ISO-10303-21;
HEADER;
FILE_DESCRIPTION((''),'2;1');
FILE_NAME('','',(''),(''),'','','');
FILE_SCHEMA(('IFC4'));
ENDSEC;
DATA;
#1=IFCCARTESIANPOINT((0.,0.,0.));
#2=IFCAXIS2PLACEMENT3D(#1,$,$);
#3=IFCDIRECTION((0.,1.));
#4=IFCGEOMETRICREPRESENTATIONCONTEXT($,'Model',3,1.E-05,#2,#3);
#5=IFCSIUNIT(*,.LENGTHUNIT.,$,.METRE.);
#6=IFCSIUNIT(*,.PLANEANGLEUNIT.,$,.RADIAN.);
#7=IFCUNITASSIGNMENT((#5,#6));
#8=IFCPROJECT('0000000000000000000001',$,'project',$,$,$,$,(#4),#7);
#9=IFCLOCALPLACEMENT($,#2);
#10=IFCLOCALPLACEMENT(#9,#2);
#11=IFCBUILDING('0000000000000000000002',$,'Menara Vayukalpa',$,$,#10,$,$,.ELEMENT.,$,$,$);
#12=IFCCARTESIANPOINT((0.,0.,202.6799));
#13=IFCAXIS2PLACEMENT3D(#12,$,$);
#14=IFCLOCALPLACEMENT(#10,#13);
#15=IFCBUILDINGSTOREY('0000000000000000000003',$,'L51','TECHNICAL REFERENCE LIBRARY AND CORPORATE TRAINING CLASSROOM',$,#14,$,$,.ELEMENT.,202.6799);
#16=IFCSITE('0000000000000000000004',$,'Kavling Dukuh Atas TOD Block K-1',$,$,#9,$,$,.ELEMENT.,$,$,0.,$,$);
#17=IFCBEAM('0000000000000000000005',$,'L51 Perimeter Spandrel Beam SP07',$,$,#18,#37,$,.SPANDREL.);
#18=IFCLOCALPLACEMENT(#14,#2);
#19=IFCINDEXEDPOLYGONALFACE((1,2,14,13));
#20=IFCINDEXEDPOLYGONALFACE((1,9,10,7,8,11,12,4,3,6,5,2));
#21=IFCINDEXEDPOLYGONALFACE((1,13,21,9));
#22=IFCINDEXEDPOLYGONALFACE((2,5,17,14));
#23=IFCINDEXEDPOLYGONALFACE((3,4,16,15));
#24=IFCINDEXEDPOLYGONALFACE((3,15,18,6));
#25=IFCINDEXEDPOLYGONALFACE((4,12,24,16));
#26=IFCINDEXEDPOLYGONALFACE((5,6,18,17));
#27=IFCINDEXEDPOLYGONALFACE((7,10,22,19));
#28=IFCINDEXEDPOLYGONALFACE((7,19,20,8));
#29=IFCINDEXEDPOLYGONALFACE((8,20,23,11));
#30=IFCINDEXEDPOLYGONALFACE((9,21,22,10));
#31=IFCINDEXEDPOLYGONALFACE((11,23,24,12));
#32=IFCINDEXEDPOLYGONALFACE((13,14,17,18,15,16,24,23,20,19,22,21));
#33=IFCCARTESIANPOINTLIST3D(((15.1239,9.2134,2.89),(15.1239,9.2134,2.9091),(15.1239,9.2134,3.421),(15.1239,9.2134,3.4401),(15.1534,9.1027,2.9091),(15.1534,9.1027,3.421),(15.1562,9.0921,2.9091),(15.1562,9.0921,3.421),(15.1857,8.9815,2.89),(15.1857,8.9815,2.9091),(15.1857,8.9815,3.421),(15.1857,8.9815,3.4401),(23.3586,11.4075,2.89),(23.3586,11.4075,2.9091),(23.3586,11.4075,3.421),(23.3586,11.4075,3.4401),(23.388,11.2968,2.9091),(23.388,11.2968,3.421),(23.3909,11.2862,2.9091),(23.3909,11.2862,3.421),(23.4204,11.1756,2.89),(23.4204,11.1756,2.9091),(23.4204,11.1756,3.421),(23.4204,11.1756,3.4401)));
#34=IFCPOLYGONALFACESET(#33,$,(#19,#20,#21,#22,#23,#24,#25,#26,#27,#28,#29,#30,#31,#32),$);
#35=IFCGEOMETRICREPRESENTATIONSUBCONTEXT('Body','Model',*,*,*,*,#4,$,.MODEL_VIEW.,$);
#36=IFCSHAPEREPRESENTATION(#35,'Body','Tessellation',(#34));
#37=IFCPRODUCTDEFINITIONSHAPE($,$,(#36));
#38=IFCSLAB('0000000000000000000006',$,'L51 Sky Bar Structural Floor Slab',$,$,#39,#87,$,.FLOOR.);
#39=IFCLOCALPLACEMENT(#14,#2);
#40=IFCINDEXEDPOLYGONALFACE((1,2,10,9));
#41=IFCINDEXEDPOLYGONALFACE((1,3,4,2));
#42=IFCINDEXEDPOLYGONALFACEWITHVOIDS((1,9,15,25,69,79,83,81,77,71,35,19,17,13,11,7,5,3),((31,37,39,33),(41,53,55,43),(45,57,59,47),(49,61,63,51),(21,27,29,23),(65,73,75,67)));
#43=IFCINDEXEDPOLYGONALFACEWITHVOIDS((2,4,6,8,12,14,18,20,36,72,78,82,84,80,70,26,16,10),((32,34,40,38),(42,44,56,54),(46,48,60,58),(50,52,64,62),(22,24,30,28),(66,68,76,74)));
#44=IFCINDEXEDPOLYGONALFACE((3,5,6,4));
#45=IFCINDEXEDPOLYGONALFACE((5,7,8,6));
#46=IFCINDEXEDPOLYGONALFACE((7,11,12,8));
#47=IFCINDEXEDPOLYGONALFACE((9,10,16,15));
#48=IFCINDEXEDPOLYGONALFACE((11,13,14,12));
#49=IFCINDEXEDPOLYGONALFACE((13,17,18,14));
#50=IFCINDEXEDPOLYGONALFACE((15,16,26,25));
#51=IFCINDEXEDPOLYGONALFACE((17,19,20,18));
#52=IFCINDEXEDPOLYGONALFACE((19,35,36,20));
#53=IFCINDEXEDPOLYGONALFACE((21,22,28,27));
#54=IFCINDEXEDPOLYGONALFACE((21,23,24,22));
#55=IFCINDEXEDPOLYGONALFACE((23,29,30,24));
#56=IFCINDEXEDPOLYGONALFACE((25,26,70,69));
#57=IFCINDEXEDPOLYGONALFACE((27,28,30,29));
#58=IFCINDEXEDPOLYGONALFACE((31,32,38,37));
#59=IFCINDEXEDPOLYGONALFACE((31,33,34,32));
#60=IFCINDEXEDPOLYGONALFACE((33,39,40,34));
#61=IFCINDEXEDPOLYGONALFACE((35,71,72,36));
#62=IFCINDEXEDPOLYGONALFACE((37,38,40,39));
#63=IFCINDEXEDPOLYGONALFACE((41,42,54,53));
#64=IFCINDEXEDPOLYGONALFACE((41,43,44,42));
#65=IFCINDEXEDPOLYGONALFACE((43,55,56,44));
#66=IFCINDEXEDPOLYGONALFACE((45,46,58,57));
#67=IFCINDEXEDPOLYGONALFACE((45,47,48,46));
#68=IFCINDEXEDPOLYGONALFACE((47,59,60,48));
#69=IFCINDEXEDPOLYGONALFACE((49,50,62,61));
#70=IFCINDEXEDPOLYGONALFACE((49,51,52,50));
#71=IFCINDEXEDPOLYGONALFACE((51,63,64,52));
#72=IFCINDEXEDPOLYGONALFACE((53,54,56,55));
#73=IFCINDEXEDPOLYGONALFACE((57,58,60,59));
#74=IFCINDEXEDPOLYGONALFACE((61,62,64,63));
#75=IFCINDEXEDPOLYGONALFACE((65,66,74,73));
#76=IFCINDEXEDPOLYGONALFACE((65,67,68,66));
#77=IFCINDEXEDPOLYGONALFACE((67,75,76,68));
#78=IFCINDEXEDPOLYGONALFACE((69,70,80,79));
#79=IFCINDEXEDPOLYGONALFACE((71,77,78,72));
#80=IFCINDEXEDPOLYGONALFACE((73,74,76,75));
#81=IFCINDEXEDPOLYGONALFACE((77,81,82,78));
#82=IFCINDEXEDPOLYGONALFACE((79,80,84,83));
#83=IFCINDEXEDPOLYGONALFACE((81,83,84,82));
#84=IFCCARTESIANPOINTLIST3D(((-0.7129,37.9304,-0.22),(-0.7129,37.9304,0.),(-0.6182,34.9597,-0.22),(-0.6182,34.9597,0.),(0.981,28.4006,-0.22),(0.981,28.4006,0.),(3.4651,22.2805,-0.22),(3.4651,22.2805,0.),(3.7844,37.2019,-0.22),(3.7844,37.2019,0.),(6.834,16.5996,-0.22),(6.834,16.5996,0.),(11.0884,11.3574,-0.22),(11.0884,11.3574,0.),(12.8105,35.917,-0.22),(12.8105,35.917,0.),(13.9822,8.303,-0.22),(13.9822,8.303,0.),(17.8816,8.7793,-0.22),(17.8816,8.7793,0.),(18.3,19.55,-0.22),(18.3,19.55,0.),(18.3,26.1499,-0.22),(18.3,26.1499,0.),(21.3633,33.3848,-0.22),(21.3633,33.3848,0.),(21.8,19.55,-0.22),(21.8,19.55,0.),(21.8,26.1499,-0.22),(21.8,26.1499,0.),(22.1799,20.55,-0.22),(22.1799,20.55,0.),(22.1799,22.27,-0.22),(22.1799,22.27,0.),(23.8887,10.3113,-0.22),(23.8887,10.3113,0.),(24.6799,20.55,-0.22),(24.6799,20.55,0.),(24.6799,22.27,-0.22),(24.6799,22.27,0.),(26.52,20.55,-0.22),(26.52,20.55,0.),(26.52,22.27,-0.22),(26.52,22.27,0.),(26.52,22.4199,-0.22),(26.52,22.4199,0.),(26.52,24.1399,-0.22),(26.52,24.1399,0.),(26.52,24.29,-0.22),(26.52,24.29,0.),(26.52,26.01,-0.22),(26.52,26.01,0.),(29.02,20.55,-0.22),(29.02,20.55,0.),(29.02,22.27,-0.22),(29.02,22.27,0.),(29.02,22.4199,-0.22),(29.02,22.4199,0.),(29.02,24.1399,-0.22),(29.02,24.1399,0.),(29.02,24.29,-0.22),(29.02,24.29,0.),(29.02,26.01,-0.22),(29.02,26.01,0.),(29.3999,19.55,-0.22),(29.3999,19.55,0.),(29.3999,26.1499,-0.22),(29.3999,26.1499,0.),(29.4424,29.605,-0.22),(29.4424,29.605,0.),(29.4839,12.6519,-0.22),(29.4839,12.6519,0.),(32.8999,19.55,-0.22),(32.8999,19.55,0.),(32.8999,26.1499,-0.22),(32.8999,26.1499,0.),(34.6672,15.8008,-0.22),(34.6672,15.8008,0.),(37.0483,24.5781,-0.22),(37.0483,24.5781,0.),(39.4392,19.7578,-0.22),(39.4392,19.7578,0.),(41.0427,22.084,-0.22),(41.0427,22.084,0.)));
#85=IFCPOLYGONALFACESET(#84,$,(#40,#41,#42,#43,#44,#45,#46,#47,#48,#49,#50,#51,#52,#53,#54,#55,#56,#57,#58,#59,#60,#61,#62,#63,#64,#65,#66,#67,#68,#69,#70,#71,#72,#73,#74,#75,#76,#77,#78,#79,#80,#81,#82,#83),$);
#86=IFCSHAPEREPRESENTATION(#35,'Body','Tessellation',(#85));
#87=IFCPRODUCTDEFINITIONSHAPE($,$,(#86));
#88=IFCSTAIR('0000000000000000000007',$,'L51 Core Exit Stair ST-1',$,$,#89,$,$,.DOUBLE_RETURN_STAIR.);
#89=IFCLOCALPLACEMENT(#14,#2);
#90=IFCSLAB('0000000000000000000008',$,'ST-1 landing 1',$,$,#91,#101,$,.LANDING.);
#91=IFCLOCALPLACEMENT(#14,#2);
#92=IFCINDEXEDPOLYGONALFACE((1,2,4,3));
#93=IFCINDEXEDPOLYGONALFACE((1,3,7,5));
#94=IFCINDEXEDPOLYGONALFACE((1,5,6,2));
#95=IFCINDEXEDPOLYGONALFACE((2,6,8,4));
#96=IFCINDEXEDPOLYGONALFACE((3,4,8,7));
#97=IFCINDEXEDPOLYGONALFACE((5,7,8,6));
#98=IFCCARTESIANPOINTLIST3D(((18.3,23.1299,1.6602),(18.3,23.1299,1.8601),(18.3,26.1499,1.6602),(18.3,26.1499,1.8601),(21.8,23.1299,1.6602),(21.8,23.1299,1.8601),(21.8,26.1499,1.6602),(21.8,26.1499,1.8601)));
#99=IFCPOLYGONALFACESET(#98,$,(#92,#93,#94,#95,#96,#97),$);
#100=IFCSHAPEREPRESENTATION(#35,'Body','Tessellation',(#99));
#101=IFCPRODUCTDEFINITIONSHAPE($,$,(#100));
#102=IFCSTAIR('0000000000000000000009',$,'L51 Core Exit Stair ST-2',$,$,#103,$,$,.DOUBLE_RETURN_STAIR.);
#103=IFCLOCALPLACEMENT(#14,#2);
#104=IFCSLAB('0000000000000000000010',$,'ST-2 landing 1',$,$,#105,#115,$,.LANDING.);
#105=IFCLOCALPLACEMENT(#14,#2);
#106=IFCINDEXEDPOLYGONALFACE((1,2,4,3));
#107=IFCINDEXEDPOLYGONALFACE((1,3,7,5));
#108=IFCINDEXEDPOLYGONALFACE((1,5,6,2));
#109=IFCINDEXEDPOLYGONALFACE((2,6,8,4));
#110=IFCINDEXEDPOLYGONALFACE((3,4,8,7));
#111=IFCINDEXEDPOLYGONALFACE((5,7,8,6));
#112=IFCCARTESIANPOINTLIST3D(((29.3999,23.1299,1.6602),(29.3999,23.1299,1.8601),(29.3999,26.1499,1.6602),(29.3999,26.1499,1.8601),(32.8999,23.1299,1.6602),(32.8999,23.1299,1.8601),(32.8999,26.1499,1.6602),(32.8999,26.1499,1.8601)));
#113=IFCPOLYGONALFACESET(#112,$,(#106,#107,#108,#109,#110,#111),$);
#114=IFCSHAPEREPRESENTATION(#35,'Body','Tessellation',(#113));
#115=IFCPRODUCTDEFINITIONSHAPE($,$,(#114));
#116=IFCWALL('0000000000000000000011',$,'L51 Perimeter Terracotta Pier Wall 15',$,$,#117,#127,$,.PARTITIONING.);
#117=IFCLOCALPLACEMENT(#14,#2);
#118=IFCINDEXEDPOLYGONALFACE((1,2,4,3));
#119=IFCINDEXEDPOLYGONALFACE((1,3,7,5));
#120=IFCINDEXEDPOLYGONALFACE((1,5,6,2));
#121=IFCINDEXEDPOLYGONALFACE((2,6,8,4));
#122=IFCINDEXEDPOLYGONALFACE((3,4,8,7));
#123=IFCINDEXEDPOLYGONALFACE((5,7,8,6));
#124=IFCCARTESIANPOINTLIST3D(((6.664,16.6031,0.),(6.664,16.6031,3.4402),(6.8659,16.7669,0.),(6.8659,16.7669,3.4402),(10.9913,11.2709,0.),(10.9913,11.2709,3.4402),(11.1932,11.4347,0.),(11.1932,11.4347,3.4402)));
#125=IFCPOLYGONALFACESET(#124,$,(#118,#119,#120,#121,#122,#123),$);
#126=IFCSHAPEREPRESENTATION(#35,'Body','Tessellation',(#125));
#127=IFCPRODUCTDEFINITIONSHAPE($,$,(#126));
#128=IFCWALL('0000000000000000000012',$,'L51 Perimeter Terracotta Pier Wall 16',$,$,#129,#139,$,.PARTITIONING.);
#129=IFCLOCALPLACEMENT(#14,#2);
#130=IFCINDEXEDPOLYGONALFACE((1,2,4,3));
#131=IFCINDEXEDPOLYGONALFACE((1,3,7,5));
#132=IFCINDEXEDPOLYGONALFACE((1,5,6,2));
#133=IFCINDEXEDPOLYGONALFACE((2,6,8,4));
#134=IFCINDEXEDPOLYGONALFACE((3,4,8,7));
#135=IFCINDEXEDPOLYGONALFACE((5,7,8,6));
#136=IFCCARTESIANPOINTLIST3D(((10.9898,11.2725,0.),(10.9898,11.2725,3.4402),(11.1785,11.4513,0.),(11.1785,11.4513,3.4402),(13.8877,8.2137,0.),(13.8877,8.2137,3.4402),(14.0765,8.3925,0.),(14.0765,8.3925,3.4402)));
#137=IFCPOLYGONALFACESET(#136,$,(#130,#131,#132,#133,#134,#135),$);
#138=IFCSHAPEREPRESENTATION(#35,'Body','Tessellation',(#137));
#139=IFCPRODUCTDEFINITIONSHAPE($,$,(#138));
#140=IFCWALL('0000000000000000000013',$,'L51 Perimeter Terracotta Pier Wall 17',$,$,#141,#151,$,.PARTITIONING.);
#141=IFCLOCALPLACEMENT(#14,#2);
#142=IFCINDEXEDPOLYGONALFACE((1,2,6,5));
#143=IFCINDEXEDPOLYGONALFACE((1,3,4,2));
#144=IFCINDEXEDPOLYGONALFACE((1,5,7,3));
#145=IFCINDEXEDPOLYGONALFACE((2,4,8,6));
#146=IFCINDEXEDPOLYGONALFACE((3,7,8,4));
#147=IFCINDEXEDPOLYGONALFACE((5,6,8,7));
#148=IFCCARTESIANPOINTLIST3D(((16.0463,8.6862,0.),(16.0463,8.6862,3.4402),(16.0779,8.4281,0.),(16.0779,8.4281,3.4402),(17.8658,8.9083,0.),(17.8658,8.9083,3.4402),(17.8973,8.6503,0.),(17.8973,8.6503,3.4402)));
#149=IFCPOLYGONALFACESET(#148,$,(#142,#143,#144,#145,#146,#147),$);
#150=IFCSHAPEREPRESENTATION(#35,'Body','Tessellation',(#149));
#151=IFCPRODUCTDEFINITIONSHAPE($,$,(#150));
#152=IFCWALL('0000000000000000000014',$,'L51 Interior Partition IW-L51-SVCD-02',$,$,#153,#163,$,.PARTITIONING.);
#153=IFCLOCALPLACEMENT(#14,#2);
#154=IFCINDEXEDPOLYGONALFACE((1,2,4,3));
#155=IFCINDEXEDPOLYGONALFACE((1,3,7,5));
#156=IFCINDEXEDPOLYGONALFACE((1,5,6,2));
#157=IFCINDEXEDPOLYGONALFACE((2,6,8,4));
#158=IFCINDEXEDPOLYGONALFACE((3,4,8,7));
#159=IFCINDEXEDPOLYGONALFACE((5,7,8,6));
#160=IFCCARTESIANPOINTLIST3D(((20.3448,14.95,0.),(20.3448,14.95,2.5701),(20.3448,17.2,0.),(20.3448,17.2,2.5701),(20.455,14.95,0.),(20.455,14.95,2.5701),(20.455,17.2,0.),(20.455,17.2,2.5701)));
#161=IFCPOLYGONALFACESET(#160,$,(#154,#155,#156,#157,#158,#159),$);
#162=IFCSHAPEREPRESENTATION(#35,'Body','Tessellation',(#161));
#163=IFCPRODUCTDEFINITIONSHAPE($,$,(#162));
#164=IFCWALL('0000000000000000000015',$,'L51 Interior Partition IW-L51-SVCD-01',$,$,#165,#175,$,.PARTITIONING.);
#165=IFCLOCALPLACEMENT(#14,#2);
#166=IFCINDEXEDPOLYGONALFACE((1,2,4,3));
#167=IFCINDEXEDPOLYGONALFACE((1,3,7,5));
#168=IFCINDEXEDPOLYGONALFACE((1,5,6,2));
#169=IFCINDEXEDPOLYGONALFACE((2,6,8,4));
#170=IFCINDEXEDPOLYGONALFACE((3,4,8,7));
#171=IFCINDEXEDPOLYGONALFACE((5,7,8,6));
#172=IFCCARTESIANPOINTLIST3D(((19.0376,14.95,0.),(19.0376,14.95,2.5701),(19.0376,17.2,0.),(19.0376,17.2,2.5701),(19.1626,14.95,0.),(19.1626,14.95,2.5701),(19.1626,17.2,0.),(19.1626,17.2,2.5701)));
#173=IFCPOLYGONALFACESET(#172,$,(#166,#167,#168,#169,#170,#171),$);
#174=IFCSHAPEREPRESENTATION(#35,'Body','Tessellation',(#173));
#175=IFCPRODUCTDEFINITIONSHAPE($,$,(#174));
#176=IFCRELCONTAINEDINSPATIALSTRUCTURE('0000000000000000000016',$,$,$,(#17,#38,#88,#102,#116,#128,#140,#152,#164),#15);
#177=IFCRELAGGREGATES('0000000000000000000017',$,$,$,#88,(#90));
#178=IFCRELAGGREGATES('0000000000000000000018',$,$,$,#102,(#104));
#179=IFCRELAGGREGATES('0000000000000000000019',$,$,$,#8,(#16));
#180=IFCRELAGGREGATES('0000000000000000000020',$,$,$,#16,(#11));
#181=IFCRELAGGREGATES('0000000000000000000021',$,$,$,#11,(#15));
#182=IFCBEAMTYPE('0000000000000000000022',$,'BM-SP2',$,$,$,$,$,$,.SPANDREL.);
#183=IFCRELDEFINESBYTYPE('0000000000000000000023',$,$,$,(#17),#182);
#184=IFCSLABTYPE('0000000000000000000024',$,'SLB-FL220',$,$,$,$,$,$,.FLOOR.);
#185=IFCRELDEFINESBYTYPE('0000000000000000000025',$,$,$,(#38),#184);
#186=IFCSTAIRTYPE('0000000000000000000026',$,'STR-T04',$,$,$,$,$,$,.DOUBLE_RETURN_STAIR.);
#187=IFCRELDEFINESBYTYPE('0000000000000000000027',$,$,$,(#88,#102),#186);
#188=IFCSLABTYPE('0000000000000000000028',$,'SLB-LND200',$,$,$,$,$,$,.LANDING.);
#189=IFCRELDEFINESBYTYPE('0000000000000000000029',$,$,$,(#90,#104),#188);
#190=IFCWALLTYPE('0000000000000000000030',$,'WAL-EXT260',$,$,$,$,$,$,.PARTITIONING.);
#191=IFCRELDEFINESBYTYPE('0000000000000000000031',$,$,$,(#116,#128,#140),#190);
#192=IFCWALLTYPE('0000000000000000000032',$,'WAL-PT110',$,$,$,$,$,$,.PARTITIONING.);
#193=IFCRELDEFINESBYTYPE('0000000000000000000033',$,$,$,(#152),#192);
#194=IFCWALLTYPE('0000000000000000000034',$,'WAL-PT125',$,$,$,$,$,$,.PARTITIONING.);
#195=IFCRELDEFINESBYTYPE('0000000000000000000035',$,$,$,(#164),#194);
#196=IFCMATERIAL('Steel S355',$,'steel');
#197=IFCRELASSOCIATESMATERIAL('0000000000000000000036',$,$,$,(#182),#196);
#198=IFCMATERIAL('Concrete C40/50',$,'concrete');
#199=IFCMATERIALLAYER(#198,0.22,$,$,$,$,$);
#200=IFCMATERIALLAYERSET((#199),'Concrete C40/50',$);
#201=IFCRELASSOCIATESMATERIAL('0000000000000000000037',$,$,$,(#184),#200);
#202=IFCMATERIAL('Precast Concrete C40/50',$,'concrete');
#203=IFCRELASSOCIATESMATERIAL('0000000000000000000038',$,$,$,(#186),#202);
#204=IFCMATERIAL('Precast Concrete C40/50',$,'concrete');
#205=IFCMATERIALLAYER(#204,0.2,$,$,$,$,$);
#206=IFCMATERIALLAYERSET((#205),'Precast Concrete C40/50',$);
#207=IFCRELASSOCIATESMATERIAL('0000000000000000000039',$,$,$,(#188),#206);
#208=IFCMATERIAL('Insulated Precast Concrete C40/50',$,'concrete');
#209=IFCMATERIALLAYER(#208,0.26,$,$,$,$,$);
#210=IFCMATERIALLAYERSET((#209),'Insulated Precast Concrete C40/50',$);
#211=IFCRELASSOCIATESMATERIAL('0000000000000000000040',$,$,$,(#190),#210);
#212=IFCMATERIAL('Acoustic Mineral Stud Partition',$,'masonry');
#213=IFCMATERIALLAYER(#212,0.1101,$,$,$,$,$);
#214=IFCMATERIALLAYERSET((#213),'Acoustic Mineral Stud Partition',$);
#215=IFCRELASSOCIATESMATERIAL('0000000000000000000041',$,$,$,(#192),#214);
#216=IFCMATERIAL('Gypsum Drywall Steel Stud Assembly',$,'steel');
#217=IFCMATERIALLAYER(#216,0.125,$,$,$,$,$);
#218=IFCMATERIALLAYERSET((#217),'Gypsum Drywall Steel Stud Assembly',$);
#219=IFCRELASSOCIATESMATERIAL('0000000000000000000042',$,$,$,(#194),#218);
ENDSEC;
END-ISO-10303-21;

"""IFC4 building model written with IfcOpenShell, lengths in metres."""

from ifc_helpers import new_model, si_unit, direction, frame, frame_2d, origin, origin_2d, place, context, subcontext, project, spatial, polyline, rectangle, i_section, outline, extrude, material, layer, layer_set, material_profile, profile_set, type_object, element, aggregate, save


model = new_model("IFC4")

# Units and contexts
model_context = context("Model", 3, precision=1e-05, world=origin(), true_north=direction((0.0, 1.0)))
body_context = subcontext(model_context, "Body", "Model", "MODEL_VIEW")
ifc_project = project(units=[si_unit("LENGTHUNIT", "METRE"), si_unit("PLANEANGLEUNIT", "RADIAN")], contexts=[model_context])

# Site, building, storey
site_placement = place(None, origin())
site = spatial("IfcSite", under=ifc_project, at=site_placement, Name="Kavling Dukuh Atas TOD Block K-1", CompositionType="ELEMENT", RefElevation=0.0)
building_placement = place(site_placement, origin())
building = spatial("IfcBuilding", under=site, at=building_placement, Name="Menara Vayukalpa", CompositionType="ELEMENT")
storey_placement = place(building_placement, frame((0.0, 0.0, 202.6799)))
storey = spatial("IfcBuildingStorey", under=building, at=storey_placement, Name="L51", Description="TECHNICAL REFERENCE LIBRARY AND CORPORATE TRAINING CLASSROOM", CompositionType="ELEMENT", Elevation=202.6799)

# Beam
ifc_material_1 = material(Name="Steel S355", Category="steel")
ifc_material_profile_1 = material_profile(ifc_material_1, i_section(OverallWidth=0.24, OverallDepth=0.55, WebThickness=0.011, FlangeThickness=0.019, at=origin_2d()), Name="WF 550x240x11x19")
ifc_profile_set_1 = profile_set([ifc_material_profile_1], Name="Steel S355")
beam_type_1 = type_object("IfcBeamType", Name="BM-SP2", PredefinedType="SPANDREL", material=ifc_profile_set_1)
beam_1_placement = place(storey_placement, frame((15.1548, 9.0974, 3.165), z_axis=(0.966288, 0.257465, 0.0), x_axis=(-0.257465, 0.966288, 0.0)))
element("IfcBeam", 1, at=beam_1_placement, inside=storey, type_object=beam_type_1, Name="L51 Perimeter Spandrel Beam SP07", PredefinedType="SPANDREL", context=body_context, shape_type="SweptSolid", body=[
    extrude(i_section(OverallWidth=0.24, OverallDepth=0.55, WebThickness=0.011, FlangeThickness=0.019, at=origin_2d()), origin(), (0.0, 0.0, 1.0), 8.522),
])

# Slab
ifc_material_2 = material(Name="Concrete C40/50", Category="concrete")
ifc_layer_1 = layer(ifc_material_2, 0.22)
ifc_layer_set_1 = layer_set([ifc_layer_1], Name="Concrete C40/50")
slab_type_1 = type_object("IfcSlabType", Name="SLB-FL220", PredefinedType="FLOOR", material=ifc_layer_set_1)
slab_1_placement = place(storey_placement, frame((0.0, 0.0, -0.22)))
element("IfcSlab", 2, at=slab_1_placement, inside=storey, type_object=slab_type_1, Name="L51 Sky Bar Structural Floor Slab", PredefinedType="FLOOR", context=body_context, shape_type="SweptSolid", body=[
    extrude(outline(polyline([(39.4392, 19.7578), (41.0427, 22.084), (37.0483, 24.5781), (29.4424, 29.605), (21.3633, 33.3848), (12.8105, 35.917), (3.7844, 37.2019), (-0.7129, 37.9304), (-0.6182, 34.9597), (0.981, 28.4006), (3.4651, 22.2805), (6.834, 16.5996), (11.0884, 11.3574), (13.9822, 8.303), (17.8816, 8.7793), (23.8887, 10.3113), (29.4839, 12.6519), (34.6672, 15.8008), (39.4392, 19.7578)]), holes=[polyline([(21.8, 19.55), (21.8, 26.1499), (18.3, 26.1499), (18.3, 19.55), (21.8, 19.55)]), polyline([(32.8999, 19.55), (32.8999, 26.1499), (29.3999, 26.1499), (29.3999, 19.55), (32.8999, 19.55)]), polyline([(22.1799, 20.55), (24.6799, 20.55), (24.6799, 22.27), (22.1799, 22.27), (22.1799, 20.55)]), polyline([(26.52, 20.55), (29.02, 20.55), (29.02, 22.27), (26.52, 22.27), (26.52, 20.55)]), polyline([(26.52, 24.29), (29.02, 24.29), (29.02, 26.01), (26.52, 26.01), (26.52, 24.29)]), polyline([(26.52, 22.4199), (29.02, 22.4199), (29.02, 24.1399), (26.52, 24.1399), (26.52, 22.4199)])]), origin(), (0.0, 0.0, 1.0), 0.22),
])

# Stairs, slabs
ifc_material_3 = material(Name="Precast Concrete C40/50", Category="concrete")
stair_type = type_object("IfcStairType", Name="STR-T04", PredefinedType="DOUBLE_RETURN_STAIR", material=ifc_material_3)
stair_1_placement = place(storey_placement, origin())
stair_1 = element("IfcStair", 3, at=stair_1_placement, inside=storey, type_object=stair_type, Name="L51 Core Exit Stair ST-1", PredefinedType="DOUBLE_RETURN_STAIR")
ifc_material_4 = material(Name="Precast Concrete C40/50", Category="concrete")
ifc_layer_2 = layer(ifc_material_4, 0.2)
ifc_layer_set_2 = layer_set([ifc_layer_2], Name="Precast Concrete C40/50")
slab_type_2 = type_object("IfcSlabType", Name="SLB-LND200", PredefinedType="LANDING", material=ifc_layer_set_2)
slab_2_placement = place(storey_placement, frame((0.0, 0.0, 1.6602)))
slab_2 = element("IfcSlab", 4, at=slab_2_placement, type_object=slab_type_2, Name="ST-1 landing 1", PredefinedType="LANDING", context=body_context, shape_type="SweptSolid", body=[
    extrude(outline(polyline([(21.8, 23.1299), (21.8, 26.1499), (18.3, 26.1499), (18.3, 23.1299), (21.8, 23.1299)])), origin(), (0.0, 0.0, 1.0), 0.2),
])
aggregate(stair_1, [slab_2])
stair_2_placement = place(storey_placement, origin())
stair_2 = element("IfcStair", 5, at=stair_2_placement, inside=storey, type_object=stair_type, Name="L51 Core Exit Stair ST-2", PredefinedType="DOUBLE_RETURN_STAIR")
slab_3_placement = place(storey_placement, frame((0.0, 0.0, 1.6602)))
slab_3 = element("IfcSlab", 6, at=slab_3_placement, type_object=slab_type_2, Name="ST-2 landing 1", PredefinedType="LANDING", context=body_context, shape_type="SweptSolid", body=[
    extrude(outline(polyline([(32.8999, 23.1299), (32.8999, 26.1499), (29.3999, 26.1499), (29.3999, 23.1299), (32.8999, 23.1299)])), origin(), (0.0, 0.0, 1.0), 0.2),
])
aggregate(stair_2, [slab_3])

# Walls
ifc_material_5 = material(Name="Insulated Precast Concrete C40/50", Category="concrete")
ifc_layer_3 = layer(ifc_material_5, 0.26)
ifc_layer_set_3 = layer_set([ifc_layer_3], Name="Insulated Precast Concrete C40/50")
wall_type_1 = type_object("IfcWallType", Name="WAL-EXT260", PredefinedType="PARTITIONING", material=ifc_layer_set_3)
wall_1_placement = place(storey_placement, frame((11.0923, 11.3528, 0.0), z_axis=(0.0, 0.0, 1.0), x_axis=(-0.630147, 0.776476, 0.0)))
element("IfcWall", 7, at=wall_1_placement, inside=storey, type_object=wall_type_1, Name="L51 Perimeter Terracotta Pier Wall 15", PredefinedType="PARTITIONING", context=body_context, shape_type="SweptSolid", body=[
    extrude(rectangle(XDim=6.8672, YDim=0.26, at=frame_2d((3.4336, 0.0))), origin(), (0.0, 0.0, 1.0), 3.4402),
])
wall_2_placement = place(storey_placement, frame((13.9822, 8.303, 0.0), z_axis=(0.0, 0.0, 1.0), x_axis=(-0.687758, 0.725941, 0.0)))
element("IfcWall", 8, at=wall_2_placement, inside=storey, type_object=wall_type_1, Name="L51 Perimeter Terracotta Pier Wall 16", PredefinedType="PARTITIONING", context=body_context, shape_type="SweptSolid", body=[
    extrude(rectangle(XDim=4.2136, YDim=0.26, at=frame_2d((2.1069, 0.0))), origin(), (0.0, 0.0, 1.0), 3.4402),
])
wall_3_placement = place(storey_placement, frame((17.8816, 8.7793, 0.0), z_axis=(0.0, 0.0, 1.0), x_axis=(-0.992628, -0.121198, 0.0)))
element("IfcWall", 9, at=wall_3_placement, inside=storey, type_object=wall_type_1, Name="L51 Perimeter Terracotta Pier Wall 17", PredefinedType="PARTITIONING", context=body_context, shape_type="SweptSolid", body=[
    extrude(rectangle(XDim=1.833, YDim=0.26, at=frame_2d((0.9165, 0.0))), origin(), (0.0, 0.0, 1.0), 3.4402),
])
ifc_material_6 = material(Name="Acoustic Mineral Stud Partition", Category="masonry")
ifc_layer_4 = layer(ifc_material_6, 0.1101)
ifc_layer_set_4 = layer_set([ifc_layer_4], Name="Acoustic Mineral Stud Partition")
wall_type_2 = type_object("IfcWallType", Name="WAL-PT110", PredefinedType="PARTITIONING", material=ifc_layer_set_4)
wall_4_placement = place(storey_placement, frame((20.3999, 14.95, 0.0), z_axis=(0.0, 0.0, 1.0), x_axis=(0.0, 1.0, 0.0)))
element("IfcWall", 10, at=wall_4_placement, inside=storey, type_object=wall_type_2, Name="L51 Interior Partition IW-L51-SVCD-02", PredefinedType="PARTITIONING", context=body_context, shape_type="SweptSolid", body=[
    extrude(rectangle(XDim=2.25, YDim=0.1101, at=frame_2d((1.125, 0.0))), origin(), (0.0, 0.0, 1.0), 2.5701),
])
ifc_material_7 = material(Name="Gypsum Drywall Steel Stud Assembly", Category="steel")
ifc_layer_5 = layer(ifc_material_7, 0.125)
ifc_layer_set_5 = layer_set([ifc_layer_5], Name="Gypsum Drywall Steel Stud Assembly")
wall_type_3 = type_object("IfcWallType", Name="WAL-PT125", PredefinedType="PARTITIONING", material=ifc_layer_set_5)
wall_5_placement = place(storey_placement, frame((19.1001, 14.95, 0.0), z_axis=(0.0, 0.0, 1.0), x_axis=(0.0, 1.0, 0.0)))
element("IfcWall", 11, at=wall_5_placement, inside=storey, type_object=wall_type_3, Name="L51 Interior Partition IW-L51-SVCD-01", PredefinedType="PARTITIONING", context=body_context, shape_type="SweptSolid", body=[
    extrude(rectangle(XDim=2.25, YDim=0.125, at=frame_2d((1.125, 0.0))), origin(), (0.0, 0.0, 1.0), 2.5701),
])

save(model, "model.ifc")
